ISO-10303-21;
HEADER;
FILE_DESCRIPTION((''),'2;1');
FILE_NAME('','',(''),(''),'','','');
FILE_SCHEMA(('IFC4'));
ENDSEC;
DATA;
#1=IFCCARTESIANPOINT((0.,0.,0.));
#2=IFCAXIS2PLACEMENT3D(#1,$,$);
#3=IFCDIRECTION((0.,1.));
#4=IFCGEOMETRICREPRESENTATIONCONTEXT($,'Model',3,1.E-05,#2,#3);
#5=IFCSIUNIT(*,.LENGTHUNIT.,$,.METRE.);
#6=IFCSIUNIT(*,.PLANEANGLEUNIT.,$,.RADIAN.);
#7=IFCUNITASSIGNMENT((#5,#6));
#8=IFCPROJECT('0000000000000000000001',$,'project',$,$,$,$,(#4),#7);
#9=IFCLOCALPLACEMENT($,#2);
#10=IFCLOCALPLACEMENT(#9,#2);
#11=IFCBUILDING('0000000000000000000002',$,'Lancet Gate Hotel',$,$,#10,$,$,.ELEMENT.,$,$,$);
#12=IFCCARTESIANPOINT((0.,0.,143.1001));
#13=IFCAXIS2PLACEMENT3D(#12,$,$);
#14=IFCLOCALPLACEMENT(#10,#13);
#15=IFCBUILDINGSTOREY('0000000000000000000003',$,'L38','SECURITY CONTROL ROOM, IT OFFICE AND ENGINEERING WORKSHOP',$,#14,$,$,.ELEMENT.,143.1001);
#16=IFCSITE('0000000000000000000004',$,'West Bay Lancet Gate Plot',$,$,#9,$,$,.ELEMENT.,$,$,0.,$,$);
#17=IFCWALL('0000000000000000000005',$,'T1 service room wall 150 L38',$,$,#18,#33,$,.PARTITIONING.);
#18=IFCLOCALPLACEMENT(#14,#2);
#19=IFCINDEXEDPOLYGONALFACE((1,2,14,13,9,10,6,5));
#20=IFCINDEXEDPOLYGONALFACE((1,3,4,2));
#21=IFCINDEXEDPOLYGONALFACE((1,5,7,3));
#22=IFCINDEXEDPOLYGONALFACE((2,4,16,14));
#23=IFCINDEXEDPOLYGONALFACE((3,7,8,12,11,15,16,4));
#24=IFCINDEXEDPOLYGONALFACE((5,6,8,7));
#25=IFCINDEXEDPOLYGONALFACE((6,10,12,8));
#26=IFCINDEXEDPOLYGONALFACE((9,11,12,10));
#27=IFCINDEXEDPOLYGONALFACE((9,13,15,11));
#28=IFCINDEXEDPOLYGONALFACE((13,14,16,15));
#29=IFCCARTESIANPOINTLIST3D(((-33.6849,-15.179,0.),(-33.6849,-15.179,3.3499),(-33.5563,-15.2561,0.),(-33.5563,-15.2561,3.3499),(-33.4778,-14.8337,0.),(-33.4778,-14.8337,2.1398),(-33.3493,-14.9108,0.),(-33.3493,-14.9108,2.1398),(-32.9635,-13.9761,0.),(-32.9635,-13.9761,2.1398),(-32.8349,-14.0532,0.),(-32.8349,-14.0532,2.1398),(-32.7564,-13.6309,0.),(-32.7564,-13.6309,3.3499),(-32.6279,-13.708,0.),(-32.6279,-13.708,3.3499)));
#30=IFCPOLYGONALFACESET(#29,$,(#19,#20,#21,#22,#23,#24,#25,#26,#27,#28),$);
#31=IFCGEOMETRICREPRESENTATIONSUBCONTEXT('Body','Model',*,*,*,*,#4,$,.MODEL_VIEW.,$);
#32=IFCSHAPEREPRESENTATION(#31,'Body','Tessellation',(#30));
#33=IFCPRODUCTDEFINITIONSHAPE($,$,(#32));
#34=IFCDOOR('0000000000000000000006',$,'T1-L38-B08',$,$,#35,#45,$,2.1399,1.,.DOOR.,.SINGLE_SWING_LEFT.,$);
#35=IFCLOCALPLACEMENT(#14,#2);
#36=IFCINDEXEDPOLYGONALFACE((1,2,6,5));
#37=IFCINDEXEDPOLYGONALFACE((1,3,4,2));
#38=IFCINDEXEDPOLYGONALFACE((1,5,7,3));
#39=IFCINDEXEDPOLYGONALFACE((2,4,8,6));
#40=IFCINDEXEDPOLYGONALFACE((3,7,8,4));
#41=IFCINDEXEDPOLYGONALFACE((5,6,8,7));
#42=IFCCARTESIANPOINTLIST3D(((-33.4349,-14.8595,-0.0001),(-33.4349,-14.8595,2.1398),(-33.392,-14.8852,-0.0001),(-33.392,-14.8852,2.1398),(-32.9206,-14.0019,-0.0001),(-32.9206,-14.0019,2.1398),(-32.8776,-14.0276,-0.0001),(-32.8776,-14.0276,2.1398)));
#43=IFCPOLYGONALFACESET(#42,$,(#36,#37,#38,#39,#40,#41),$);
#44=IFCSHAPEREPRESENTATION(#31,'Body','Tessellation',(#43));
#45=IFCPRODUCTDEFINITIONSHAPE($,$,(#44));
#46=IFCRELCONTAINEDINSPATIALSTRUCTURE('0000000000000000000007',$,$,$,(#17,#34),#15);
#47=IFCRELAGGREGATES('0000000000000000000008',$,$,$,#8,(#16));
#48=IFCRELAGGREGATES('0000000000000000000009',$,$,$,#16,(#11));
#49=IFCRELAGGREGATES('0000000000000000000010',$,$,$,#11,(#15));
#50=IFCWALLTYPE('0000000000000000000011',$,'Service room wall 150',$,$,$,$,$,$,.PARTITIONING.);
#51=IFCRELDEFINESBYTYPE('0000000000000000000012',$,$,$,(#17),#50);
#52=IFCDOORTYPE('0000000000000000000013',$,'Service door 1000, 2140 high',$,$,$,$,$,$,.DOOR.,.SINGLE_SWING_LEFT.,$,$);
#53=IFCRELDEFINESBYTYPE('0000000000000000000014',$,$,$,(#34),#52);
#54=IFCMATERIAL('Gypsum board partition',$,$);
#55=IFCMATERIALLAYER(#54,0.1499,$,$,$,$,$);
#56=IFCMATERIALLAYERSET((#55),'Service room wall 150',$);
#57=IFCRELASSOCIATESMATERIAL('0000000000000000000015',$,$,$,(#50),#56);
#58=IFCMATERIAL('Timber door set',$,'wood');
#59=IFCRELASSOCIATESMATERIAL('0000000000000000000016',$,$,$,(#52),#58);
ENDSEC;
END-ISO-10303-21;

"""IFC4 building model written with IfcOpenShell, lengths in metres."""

from ifc_helpers import new_model, si_unit, direction, frame, frame_2d, origin, place, context, subcontext, project, spatial, rectangle, extrude, material, layer, layer_set, type_object, element, fill, save


model = new_model("IFC4")

# Units and contexts
model_context = context("Model", 3, precision=1e-05, world=origin(), true_north=direction((0.0, 1.0)))
body_context = subcontext(model_context, "Body", "Model", "MODEL_VIEW")
ifc_project = project(units=[si_unit("LENGTHUNIT", "METRE"), si_unit("PLANEANGLEUNIT", "RADIAN")], contexts=[model_context])

# Site, building, storey
site_placement = place(None, origin())
site = spatial("IfcSite", under=ifc_project, at=site_placement, Name="West Bay Lancet Gate Plot", CompositionType="ELEMENT", RefElevation=0.0)
building_placement = place(site_placement, origin())
building = spatial("IfcBuilding", under=site, at=building_placement, Name="Lancet Gate Hotel", CompositionType="ELEMENT")
storey_placement = place(building_placement, frame((0.0, 0.0, 143.1001)))
storey = spatial("IfcBuildingStorey", under=building, at=storey_placement, Name="L38", Description="SECURITY CONTROL ROOM, IT OFFICE AND ENGINEERING WORKSHOP", CompositionType="ELEMENT", Elevation=143.1001)

# Wall, opening, door
ifc_material_1 = material(Name="Gypsum board partition")
ifc_layer_1 = layer(ifc_material_1, 0.1499)
ifc_layer_set_1 = layer_set([ifc_layer_1], Name="Service room wall 150")
wall_type_1 = type_object("IfcWallType", Name="Service room wall 150", PredefinedType="PARTITIONING", material=ifc_layer_set_1)
wall_1_placement = place(storey_placement, frame((-33.6206, -15.2175, 0.0), z_axis=(0.0, 0.0, 1.0), x_axis=(0.514337, 0.857588, 0.0)))
wall_1 = element("IfcWall", 1, at=wall_1_placement, inside=storey, type_object=wall_type_1, Name="T1 service room wall 150 L38", PredefinedType="PARTITIONING", context=body_context, shape_type="SweptSolid", body=[
    extrude(rectangle(XDim=1.8052, YDim=0.1499, at=frame_2d((0.9026, 0.0))), origin(), (0.0, 0.0, 1.0), 3.3499),
])
opening_placement = place(wall_1_placement, frame((0.4026, 0.0, 0.0)))
opening = element("IfcOpeningElement", 2, at=opening_placement, cuts=wall_1, PredefinedType="OPENING", context=body_context, shape_type="SweptSolid", body=[
    extrude(rectangle(XDim=1.0, YDim=2.1399, at=frame_2d((0.5, 1.0698))), frame((0.0, 0.085, 0.0), z_axis=(0.0, -1.0, 0.0), x_axis=(1.0, 0.0, 0.0)), (0.0, 0.0, 1.0), 0.1699),
])
ifc_material_2 = material(Name="Timber door set", Category="wood")
door_type = type_object("IfcDoorType", Name="Service door 1000, 2140 high", OperationType="SINGLE_SWING_LEFT", PredefinedType="DOOR", material=ifc_material_2)
door_placement = place(opening_placement, origin())
door = element("IfcDoor", 3, at=door_placement, inside=storey, type_object=door_type, Name="T1-L38-B08", OperationType="SINGLE_SWING_LEFT", OverallHeight=2.1399, OverallWidth=1.0, PredefinedType="DOOR", context=body_context, shape_type="SweptSolid", body=[
    extrude(rectangle(XDim=1.0, YDim=2.1399, at=frame_2d((0.5, 1.0698))), frame((0.0, 0.0249, 0.0), z_axis=(0.0, -1.0, 0.0), x_axis=(1.0, 0.0, 0.0)), (0.0, 0.0, 1.0), 0.05),
])
fill(opening, door)

save(model, "model.ifc")
